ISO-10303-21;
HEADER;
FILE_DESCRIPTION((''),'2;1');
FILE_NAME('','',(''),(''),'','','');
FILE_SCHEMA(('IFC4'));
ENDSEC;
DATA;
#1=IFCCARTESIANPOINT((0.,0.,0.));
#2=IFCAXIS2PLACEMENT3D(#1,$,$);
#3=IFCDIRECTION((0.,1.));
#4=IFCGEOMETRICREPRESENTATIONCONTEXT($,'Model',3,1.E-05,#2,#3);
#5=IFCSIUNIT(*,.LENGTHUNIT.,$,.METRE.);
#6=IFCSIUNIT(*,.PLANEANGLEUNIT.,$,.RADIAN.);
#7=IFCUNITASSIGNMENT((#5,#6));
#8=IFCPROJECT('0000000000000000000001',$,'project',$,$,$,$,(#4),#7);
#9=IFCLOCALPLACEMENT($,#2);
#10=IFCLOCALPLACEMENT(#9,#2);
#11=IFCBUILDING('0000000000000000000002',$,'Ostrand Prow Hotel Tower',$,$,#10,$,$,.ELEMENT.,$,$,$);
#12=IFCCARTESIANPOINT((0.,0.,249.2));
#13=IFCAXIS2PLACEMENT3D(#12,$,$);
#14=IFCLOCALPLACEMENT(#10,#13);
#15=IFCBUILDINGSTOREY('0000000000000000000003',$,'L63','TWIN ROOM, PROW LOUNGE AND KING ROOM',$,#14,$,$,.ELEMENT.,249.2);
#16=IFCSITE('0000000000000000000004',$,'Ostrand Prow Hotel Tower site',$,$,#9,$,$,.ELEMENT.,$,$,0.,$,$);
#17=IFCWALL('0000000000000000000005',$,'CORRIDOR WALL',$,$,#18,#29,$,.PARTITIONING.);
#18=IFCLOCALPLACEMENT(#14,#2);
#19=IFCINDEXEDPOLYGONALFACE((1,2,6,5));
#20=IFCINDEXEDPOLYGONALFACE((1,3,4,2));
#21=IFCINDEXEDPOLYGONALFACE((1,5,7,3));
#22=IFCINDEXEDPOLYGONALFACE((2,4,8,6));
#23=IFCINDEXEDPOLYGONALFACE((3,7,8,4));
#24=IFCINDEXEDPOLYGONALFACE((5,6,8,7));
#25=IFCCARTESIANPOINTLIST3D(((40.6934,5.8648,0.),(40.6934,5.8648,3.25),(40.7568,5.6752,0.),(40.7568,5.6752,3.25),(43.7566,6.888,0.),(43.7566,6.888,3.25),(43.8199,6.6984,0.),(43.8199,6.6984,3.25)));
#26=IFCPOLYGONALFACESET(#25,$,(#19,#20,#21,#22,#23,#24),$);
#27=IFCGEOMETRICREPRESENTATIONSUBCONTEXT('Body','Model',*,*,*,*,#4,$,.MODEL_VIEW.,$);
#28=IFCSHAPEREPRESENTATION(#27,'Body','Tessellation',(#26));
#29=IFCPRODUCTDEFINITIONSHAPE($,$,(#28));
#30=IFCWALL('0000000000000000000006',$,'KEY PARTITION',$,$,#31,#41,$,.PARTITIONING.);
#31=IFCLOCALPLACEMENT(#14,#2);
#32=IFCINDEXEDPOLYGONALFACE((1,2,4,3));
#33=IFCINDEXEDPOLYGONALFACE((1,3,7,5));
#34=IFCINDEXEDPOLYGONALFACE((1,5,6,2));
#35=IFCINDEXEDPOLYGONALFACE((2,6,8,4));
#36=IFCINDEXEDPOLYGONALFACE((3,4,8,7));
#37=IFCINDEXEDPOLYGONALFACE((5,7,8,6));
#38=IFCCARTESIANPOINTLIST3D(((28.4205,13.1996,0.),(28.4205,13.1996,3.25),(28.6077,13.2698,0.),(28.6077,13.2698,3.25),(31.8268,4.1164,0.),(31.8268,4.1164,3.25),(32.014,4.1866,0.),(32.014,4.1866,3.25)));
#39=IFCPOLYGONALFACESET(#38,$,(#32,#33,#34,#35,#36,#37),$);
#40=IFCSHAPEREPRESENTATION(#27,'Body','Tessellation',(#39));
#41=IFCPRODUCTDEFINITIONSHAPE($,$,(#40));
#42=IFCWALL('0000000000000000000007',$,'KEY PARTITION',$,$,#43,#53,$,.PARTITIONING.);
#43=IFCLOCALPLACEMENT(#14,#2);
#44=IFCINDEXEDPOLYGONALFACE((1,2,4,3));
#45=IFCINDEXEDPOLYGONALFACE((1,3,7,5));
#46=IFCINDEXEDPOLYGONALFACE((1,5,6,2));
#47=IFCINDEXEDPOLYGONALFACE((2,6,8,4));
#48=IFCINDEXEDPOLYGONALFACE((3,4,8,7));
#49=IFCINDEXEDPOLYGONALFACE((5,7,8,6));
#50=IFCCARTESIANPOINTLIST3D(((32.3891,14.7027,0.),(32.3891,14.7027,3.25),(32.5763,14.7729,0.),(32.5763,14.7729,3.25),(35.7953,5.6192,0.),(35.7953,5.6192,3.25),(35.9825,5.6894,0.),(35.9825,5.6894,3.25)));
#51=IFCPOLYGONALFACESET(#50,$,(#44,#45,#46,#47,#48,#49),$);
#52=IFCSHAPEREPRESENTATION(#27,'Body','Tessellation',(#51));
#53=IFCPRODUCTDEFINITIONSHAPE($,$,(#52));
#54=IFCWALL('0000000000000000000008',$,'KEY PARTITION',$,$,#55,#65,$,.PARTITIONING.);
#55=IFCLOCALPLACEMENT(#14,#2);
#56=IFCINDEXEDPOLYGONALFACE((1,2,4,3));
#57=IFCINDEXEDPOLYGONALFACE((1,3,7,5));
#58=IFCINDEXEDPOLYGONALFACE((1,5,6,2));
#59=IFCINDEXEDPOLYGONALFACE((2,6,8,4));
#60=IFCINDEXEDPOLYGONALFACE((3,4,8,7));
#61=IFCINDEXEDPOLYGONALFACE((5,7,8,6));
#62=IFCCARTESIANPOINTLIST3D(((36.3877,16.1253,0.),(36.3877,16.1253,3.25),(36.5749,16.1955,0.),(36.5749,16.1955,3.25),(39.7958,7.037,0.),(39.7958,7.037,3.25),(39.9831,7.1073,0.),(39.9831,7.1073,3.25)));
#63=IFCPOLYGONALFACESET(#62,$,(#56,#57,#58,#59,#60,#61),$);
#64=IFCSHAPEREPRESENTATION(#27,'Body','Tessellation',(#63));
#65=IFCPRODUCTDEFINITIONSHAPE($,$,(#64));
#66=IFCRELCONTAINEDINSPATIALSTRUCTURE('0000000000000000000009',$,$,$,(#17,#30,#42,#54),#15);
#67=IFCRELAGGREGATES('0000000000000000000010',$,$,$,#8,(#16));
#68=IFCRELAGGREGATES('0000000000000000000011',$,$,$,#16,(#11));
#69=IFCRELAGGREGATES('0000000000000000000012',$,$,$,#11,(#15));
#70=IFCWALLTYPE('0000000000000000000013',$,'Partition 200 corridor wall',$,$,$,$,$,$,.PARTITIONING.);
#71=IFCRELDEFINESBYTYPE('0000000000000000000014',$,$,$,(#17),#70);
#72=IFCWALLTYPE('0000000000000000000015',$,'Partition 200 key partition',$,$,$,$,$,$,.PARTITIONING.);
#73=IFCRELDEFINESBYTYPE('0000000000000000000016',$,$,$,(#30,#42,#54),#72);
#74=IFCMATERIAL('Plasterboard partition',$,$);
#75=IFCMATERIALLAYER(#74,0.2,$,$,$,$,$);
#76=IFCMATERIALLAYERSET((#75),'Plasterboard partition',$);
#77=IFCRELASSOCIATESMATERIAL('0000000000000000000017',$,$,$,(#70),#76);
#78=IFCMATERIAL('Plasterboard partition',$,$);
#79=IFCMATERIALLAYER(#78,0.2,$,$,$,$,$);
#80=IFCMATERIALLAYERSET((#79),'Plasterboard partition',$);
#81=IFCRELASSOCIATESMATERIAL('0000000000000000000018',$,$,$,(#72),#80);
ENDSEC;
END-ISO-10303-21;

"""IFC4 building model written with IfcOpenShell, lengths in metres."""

from ifc_helpers import new_model, si_unit, direction, frame, frame_2d, origin, place, context, subcontext, project, spatial, rectangle, extrude, material, layer, layer_set, type_object, element, save


model = new_model("IFC4")

# Units and contexts
model_context = context("Model", 3, precision=1e-05, world=origin(), true_north=direction((0.0, 1.0)))
body_context = subcontext(model_context, "Body", "Model", "MODEL_VIEW")
ifc_project = project(units=[si_unit("LENGTHUNIT", "METRE"), si_unit("PLANEANGLEUNIT", "RADIAN")], contexts=[model_context])

# Site, building, storey
site_placement = place(None, origin())
site = spatial("IfcSite", under=ifc_project, at=site_placement, Name="Ostrand Prow Hotel Tower site", CompositionType="ELEMENT", RefElevation=0.0)
building_placement = place(site_placement, origin())
building = spatial("IfcBuilding", under=site, at=building_placement, Name="Ostrand Prow Hotel Tower", CompositionType="ELEMENT")
storey_placement = place(building_placement, frame((0.0, 0.0, 249.2)))
storey = spatial("IfcBuildingStorey", under=building, at=storey_placement, Name="L63", Description="TWIN ROOM, PROW LOUNGE AND KING ROOM", CompositionType="ELEMENT", Elevation=249.2)

# Shared definitions
ifc_material_1 = material(Name="Plasterboard partition")
ifc_layer_1 = layer(ifc_material_1, 0.2)
ifc_layer_set_1 = layer_set([ifc_layer_1], Name="Plasterboard partition")
wall_type_1 = type_object("IfcWallType", Name="Partition 200 corridor wall", PredefinedType="PARTITIONING", material=ifc_layer_set_1)

# Walls
wall_1_placement = place(storey_placement, frame((40.7251, 5.77, 0.0), z_axis=(0.0, 0.0, 1.0), x_axis=(0.948487, 0.316817, 0.0)))
element("IfcWall", 1, at=wall_1_placement, inside=storey, type_object=wall_type_1, Name="CORRIDOR WALL", PredefinedType="PARTITIONING", context=body_context, shape_type="SweptSolid", body=[
    extrude(rectangle(XDim=3.2295, YDim=0.2, at=frame_2d((1.6147, 0.0))), origin(), (0.0, 0.0, 1.0), 3.25),
])
ifc_material_2 = material(Name="Plasterboard partition")
ifc_layer_2 = layer(ifc_material_2, 0.2)
ifc_layer_set_2 = layer_set([ifc_layer_2], Name="Plasterboard partition")
wall_type_2 = type_object("IfcWallType", Name="Partition 200 key partition", PredefinedType="PARTITIONING", material=ifc_layer_set_2)
wall_2_placement = place(storey_placement, frame((31.9204, 4.1514, 0.0), z_axis=(0.0, 0.0, 1.0), x_axis=(-0.351126, 0.936328, 0.0)))
element("IfcWall", 2, at=wall_2_placement, inside=storey, type_object=wall_type_2, Name="KEY PARTITION", PredefinedType="PARTITIONING", context=body_context, shape_type="SweptSolid", body=[
    extrude(rectangle(XDim=9.7009, YDim=0.2, at=frame_2d((4.8506, 0.0))), origin(), (0.0, 0.0, 1.0), 3.25),
])
wall_3_placement = place(storey_placement, frame((35.8889, 5.6543, 0.0), z_axis=(0.0, 0.0, 1.0), x_axis=(-0.351118, 0.936331, 0.0)))
element("IfcWall", 3, at=wall_3_placement, inside=storey, type_object=wall_type_2, Name="KEY PARTITION", PredefinedType="PARTITIONING", context=body_context, shape_type="SweptSolid", body=[
    extrude(rectangle(XDim=9.7012, YDim=0.2, at=frame_2d((4.8506, 0.0))), origin(), (0.0, 0.0, 1.0), 3.25),
])
wall_4_placement = place(storey_placement, frame((39.8894, 7.0723, 0.0), z_axis=(0.0, 0.0, 1.0), x_axis=(-0.351129, 0.936327, 0.0)))
element("IfcWall", 4, at=wall_4_placement, inside=storey, type_object=wall_type_2, Name="KEY PARTITION", PredefinedType="PARTITIONING", context=body_context, shape_type="SweptSolid", body=[
    extrude(rectangle(XDim=9.7063, YDim=0.2, at=frame_2d((4.853, 0.0))), origin(), (0.0, 0.0, 1.0), 3.25),
])

save(model, "model.ifc")
